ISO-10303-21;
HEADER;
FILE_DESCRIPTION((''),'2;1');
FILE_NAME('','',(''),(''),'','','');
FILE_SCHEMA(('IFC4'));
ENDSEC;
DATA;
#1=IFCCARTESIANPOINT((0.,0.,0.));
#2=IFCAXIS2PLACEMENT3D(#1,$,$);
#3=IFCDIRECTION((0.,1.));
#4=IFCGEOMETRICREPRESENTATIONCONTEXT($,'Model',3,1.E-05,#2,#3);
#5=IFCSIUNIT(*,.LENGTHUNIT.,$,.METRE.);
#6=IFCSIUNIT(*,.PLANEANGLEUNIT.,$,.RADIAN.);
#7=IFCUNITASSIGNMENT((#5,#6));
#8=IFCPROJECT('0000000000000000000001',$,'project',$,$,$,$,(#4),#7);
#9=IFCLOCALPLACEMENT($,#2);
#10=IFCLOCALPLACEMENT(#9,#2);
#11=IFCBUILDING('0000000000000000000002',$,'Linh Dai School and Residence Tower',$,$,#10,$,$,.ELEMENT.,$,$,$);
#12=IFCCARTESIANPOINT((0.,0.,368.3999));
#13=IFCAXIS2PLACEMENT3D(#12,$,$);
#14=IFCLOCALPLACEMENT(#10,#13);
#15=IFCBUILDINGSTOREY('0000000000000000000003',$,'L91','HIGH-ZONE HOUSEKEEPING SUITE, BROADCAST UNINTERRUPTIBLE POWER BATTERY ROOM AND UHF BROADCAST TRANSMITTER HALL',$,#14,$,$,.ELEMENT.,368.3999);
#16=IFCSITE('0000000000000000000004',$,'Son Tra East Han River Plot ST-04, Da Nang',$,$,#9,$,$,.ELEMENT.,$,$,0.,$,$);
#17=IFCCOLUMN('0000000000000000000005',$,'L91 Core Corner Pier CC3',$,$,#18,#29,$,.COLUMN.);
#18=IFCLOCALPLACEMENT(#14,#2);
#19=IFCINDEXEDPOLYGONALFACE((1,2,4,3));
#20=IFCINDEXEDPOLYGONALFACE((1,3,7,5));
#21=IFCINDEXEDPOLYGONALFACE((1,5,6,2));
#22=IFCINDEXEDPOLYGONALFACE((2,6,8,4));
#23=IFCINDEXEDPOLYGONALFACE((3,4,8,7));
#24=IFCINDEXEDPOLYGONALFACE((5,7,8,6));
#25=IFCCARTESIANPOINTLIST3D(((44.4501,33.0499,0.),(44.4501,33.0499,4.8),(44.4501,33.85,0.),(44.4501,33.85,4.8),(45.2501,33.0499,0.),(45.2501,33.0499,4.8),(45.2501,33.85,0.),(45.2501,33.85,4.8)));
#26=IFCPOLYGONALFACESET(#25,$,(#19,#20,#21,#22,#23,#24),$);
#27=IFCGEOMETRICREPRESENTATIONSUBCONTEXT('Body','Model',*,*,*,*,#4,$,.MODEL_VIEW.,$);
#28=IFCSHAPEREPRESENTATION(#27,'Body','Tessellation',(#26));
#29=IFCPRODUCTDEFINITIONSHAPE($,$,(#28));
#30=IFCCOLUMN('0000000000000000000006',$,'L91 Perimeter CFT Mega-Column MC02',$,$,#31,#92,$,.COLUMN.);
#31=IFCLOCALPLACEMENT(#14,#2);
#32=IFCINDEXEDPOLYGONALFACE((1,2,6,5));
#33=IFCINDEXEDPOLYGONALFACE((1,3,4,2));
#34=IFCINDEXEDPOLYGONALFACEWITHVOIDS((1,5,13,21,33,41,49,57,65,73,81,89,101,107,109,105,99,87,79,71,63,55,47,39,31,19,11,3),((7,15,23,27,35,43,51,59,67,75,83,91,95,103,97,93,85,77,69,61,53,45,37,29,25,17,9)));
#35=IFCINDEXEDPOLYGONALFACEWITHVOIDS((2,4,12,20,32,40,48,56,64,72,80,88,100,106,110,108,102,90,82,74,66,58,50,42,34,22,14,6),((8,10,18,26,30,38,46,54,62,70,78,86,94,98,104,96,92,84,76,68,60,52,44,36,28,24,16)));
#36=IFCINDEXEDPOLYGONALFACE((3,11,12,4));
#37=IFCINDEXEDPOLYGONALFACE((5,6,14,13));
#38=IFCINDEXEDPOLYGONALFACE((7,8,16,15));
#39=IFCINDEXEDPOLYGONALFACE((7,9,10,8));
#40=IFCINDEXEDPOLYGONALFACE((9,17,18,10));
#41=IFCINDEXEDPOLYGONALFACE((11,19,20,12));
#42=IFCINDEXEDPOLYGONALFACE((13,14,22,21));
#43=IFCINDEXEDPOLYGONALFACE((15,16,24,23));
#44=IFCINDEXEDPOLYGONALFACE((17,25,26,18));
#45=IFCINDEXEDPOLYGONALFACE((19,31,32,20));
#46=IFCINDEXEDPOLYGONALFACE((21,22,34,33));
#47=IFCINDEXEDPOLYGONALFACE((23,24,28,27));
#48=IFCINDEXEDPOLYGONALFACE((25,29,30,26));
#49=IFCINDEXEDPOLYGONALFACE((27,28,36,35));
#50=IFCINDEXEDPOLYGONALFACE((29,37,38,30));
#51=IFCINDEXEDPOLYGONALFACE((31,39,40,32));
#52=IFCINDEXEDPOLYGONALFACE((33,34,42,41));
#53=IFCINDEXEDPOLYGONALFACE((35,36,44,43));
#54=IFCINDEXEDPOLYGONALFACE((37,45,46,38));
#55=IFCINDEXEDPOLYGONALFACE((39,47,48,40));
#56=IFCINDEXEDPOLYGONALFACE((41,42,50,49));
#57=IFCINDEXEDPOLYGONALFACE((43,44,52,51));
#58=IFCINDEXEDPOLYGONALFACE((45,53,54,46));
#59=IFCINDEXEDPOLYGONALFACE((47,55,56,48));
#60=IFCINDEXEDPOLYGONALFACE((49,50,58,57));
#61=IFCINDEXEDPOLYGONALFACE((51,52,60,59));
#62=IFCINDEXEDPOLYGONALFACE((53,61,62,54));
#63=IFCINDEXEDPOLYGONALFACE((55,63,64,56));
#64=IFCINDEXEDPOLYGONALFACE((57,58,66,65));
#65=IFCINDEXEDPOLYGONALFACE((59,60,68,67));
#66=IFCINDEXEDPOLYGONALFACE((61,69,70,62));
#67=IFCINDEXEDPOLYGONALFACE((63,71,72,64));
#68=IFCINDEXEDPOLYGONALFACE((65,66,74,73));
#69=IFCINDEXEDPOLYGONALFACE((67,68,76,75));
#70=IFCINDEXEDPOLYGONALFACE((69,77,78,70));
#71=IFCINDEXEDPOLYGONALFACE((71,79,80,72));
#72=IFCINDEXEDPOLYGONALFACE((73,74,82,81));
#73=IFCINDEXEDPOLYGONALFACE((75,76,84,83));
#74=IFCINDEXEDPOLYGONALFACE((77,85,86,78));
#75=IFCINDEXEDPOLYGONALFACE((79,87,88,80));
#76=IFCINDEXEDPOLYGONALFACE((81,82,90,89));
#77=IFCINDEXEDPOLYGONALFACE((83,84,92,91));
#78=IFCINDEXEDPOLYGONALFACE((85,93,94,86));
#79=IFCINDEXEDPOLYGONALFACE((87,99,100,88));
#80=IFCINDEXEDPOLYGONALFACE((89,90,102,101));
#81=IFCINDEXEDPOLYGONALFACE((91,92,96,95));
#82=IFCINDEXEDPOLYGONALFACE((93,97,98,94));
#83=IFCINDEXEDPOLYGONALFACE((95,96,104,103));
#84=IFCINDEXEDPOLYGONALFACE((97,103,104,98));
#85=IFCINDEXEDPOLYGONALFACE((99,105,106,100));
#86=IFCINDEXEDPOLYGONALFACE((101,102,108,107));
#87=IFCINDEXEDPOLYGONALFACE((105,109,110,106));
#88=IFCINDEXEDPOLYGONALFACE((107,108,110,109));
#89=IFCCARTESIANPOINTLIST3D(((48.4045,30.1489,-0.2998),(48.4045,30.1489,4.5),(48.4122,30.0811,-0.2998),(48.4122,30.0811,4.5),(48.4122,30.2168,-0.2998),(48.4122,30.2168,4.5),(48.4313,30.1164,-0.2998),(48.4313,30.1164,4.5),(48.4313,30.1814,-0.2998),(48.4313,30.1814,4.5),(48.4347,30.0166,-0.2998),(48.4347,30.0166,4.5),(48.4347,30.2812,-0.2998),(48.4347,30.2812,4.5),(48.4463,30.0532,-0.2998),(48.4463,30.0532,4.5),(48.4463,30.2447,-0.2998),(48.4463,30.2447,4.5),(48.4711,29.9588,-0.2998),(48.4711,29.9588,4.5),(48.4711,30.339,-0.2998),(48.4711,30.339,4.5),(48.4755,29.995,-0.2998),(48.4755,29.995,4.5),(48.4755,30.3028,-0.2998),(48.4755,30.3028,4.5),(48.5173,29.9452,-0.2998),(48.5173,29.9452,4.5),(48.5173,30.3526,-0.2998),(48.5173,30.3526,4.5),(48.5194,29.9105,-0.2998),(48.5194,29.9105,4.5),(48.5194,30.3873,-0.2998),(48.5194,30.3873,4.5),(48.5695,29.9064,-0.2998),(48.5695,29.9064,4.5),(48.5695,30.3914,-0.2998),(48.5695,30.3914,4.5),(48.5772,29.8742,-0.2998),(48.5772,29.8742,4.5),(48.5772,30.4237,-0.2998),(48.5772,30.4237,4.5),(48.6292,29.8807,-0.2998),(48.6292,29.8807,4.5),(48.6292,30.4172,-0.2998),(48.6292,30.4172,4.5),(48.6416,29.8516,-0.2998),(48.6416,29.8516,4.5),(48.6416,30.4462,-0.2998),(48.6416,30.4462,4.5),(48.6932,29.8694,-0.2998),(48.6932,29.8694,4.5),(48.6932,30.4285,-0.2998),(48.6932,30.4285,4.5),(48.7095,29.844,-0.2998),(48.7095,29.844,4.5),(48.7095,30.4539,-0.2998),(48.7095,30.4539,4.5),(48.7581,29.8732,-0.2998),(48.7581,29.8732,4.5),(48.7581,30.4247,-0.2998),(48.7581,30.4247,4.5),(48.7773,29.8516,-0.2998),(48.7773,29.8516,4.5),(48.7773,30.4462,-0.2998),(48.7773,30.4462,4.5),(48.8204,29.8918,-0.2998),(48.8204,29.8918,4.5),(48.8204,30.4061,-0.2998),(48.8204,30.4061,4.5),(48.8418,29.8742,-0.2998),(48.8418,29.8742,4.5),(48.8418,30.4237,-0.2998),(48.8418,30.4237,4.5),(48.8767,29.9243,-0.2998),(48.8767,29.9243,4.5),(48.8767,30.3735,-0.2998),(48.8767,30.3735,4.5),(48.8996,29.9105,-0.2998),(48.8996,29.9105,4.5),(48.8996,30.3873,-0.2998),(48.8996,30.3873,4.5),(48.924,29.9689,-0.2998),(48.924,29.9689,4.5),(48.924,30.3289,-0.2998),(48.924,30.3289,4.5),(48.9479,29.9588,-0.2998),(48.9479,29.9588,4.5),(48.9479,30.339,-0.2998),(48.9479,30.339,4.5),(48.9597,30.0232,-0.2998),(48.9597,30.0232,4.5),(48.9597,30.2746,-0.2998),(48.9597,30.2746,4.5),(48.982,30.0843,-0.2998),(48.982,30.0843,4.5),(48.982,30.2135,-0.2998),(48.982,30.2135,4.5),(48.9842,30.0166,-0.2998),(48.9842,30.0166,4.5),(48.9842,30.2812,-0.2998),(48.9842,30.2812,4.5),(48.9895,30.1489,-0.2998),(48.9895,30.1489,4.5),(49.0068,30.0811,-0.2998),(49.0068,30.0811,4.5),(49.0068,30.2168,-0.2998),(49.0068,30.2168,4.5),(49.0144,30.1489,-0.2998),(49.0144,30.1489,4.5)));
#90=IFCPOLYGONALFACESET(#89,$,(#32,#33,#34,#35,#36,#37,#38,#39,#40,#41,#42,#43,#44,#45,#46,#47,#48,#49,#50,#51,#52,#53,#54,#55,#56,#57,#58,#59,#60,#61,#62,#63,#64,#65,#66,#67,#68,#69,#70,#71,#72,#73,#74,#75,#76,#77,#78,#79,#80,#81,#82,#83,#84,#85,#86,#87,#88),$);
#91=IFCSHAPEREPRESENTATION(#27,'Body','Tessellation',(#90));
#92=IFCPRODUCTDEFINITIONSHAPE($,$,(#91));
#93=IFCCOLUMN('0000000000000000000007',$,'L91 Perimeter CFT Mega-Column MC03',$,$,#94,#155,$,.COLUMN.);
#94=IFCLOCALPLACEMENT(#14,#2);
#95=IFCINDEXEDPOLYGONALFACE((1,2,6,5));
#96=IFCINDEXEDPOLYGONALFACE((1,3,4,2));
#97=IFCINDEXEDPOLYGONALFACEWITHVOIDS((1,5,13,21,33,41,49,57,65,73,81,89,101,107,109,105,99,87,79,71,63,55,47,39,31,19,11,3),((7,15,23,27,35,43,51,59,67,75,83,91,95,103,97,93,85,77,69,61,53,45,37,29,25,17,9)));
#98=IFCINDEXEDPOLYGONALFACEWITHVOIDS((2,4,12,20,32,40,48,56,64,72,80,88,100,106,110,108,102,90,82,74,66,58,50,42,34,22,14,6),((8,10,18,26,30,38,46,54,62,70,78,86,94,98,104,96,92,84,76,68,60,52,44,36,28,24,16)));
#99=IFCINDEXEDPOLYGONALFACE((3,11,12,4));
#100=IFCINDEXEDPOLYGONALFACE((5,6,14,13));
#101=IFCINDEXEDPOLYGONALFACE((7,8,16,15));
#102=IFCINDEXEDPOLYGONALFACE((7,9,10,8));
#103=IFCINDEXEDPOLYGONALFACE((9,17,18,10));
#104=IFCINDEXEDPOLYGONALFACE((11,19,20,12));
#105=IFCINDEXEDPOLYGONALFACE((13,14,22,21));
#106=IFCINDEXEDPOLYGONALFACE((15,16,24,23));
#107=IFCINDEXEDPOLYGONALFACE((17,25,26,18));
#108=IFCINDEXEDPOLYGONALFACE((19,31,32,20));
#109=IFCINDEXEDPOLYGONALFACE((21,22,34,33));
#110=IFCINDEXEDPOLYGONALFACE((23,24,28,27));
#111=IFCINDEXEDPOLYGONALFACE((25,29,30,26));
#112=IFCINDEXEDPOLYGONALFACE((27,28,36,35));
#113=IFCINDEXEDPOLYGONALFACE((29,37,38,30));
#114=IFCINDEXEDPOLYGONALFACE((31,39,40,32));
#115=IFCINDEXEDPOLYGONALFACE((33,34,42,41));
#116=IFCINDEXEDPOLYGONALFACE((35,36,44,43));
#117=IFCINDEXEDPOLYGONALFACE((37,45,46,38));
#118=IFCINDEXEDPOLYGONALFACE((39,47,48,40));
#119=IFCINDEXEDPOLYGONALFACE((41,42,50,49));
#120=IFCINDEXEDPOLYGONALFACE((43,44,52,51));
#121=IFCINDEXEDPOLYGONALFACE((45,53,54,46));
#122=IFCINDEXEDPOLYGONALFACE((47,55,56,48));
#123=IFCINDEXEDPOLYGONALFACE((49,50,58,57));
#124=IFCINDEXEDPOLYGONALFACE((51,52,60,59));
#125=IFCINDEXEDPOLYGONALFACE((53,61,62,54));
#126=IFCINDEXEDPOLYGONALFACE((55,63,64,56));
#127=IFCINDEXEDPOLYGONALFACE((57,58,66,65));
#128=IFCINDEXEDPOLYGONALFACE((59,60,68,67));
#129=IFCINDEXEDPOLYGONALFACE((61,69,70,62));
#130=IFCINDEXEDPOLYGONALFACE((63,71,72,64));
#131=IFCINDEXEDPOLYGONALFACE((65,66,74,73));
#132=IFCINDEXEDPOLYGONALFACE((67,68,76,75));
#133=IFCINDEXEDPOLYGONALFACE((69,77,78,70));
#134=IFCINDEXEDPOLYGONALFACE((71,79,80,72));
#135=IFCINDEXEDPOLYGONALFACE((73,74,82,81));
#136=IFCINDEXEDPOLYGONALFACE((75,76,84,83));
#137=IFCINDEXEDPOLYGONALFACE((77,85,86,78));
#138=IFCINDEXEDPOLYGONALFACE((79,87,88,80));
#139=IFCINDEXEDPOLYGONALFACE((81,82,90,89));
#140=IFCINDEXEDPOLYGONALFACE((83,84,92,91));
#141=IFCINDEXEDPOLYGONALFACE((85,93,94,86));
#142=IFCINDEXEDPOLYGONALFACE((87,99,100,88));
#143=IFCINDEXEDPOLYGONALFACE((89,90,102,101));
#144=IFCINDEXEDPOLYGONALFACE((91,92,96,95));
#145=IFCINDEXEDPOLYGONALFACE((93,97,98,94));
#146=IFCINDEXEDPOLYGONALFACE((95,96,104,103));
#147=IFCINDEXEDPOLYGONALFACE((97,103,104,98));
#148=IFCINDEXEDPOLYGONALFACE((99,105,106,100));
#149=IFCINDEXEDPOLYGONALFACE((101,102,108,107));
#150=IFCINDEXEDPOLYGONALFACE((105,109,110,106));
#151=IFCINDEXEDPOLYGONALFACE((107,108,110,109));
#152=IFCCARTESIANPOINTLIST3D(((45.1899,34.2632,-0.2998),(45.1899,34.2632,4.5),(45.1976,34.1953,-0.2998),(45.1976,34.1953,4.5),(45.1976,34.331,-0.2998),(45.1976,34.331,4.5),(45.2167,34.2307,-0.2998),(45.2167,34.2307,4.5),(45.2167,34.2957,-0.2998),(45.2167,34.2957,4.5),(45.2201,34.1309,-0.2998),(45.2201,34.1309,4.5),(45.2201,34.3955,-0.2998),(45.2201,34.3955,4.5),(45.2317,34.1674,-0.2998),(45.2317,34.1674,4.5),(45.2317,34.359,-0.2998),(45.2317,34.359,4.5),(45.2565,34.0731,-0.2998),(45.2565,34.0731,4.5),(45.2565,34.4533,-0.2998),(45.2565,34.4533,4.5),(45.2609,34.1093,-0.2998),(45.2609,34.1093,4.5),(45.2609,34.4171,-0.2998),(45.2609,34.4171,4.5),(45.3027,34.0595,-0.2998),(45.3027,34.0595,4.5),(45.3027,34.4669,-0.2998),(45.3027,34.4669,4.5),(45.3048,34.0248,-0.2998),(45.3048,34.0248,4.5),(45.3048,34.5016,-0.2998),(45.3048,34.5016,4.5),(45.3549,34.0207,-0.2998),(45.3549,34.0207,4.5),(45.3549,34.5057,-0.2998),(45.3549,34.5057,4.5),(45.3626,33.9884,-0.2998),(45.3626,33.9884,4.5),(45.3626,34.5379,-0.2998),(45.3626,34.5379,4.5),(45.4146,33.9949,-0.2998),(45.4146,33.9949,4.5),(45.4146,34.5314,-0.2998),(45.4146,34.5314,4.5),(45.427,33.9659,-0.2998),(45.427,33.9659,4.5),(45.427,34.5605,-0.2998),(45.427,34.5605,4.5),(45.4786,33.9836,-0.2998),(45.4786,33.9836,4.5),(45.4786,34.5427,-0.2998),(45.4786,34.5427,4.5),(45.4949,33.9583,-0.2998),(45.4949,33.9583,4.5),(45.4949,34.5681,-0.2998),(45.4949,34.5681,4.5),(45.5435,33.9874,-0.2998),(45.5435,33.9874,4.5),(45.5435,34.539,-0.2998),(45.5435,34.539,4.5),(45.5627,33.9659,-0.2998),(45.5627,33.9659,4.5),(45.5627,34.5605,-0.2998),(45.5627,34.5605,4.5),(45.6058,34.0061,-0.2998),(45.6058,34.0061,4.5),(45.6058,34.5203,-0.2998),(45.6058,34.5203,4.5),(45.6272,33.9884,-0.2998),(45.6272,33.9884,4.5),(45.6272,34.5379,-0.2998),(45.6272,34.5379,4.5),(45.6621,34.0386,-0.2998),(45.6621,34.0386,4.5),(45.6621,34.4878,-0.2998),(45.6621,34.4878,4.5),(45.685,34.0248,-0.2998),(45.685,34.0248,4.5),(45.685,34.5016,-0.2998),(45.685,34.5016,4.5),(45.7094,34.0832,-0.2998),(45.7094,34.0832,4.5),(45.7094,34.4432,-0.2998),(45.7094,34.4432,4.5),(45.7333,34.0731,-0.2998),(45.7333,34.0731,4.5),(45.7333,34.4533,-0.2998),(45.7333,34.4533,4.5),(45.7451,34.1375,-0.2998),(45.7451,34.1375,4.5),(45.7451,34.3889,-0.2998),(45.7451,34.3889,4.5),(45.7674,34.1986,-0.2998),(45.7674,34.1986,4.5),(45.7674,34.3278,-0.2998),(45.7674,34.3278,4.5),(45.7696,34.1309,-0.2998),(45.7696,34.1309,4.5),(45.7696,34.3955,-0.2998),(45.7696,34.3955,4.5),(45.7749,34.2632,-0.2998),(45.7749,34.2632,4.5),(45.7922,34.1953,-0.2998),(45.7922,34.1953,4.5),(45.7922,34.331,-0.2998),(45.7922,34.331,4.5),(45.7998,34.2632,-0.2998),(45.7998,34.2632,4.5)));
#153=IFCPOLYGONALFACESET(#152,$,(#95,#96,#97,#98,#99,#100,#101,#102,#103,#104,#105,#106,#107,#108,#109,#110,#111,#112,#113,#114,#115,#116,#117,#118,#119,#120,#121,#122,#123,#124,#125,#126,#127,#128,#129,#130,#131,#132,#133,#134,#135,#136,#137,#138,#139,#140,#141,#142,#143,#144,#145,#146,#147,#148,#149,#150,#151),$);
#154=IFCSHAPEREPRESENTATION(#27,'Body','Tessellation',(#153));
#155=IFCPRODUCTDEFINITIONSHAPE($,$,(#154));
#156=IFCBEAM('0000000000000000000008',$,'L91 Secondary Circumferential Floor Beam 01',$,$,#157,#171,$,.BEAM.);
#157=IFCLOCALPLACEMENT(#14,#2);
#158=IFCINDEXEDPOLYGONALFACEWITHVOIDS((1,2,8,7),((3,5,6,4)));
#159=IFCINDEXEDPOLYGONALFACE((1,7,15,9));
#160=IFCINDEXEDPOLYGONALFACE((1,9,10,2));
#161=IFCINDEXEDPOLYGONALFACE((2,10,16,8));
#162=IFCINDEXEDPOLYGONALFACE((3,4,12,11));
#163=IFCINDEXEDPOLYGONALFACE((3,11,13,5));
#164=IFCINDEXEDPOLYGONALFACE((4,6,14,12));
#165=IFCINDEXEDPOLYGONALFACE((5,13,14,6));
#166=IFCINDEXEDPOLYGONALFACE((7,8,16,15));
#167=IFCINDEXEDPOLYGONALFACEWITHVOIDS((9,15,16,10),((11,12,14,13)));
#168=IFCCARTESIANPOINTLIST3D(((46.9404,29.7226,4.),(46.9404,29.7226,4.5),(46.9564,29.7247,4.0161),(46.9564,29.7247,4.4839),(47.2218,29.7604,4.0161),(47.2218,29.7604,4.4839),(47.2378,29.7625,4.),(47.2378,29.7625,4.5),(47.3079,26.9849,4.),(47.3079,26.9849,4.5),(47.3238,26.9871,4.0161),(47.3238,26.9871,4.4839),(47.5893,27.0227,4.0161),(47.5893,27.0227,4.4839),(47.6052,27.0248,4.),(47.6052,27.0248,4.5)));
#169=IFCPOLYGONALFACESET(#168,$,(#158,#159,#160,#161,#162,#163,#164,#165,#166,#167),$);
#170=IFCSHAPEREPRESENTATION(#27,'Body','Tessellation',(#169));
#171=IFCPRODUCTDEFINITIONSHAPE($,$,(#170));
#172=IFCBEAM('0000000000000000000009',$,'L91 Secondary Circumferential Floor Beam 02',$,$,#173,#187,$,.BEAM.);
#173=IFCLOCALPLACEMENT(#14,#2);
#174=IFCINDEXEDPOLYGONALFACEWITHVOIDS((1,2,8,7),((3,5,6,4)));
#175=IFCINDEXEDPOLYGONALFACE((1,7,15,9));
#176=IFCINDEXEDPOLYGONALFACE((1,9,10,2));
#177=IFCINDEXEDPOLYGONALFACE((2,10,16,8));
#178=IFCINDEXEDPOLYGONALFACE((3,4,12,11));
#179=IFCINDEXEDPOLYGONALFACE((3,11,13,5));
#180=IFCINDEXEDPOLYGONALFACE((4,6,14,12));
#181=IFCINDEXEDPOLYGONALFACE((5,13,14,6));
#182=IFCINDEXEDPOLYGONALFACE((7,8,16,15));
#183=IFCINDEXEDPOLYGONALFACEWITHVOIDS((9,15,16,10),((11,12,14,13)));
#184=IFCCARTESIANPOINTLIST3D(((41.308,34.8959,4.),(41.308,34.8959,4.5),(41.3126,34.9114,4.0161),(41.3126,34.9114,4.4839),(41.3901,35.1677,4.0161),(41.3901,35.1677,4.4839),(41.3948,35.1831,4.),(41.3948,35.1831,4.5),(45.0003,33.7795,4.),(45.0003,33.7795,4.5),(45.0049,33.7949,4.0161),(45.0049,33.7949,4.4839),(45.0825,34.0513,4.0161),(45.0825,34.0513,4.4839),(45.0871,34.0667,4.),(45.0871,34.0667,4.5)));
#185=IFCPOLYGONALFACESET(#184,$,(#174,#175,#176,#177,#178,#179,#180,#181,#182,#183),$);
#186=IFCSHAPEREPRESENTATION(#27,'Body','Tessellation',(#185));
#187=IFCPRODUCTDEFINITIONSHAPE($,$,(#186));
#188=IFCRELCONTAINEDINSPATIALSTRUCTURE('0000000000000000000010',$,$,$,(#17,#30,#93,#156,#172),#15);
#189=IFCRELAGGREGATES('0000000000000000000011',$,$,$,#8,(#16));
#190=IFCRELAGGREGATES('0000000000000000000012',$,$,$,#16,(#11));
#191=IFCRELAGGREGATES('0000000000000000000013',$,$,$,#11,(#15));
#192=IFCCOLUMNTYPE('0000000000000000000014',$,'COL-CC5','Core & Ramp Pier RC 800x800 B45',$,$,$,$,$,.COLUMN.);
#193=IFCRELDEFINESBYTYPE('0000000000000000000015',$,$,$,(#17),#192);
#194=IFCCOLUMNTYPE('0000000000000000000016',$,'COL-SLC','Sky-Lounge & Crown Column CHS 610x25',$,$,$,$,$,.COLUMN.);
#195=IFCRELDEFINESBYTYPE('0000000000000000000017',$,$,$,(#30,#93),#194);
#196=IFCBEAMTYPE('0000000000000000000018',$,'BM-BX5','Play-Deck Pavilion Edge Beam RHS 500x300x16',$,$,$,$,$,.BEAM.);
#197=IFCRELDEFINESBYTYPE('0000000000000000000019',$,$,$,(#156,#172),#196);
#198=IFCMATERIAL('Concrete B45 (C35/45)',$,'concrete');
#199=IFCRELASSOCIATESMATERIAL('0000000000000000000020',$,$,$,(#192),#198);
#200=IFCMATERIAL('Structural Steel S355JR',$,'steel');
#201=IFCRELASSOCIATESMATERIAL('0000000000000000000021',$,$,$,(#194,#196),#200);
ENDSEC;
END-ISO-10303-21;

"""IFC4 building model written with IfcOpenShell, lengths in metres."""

from ifc_helpers import new_model, si_unit, direction, frame, origin, origin_2d, place, context, subcontext, project, spatial, rectangle, hollow_rectangle, hollow_circle, extrude, material, material_profile, profile_set, type_object, element, save


model = new_model("IFC4")

# Units and contexts
model_context = context("Model", 3, precision=1e-05, world=origin(), true_north=direction((0.0, 1.0)))
body_context = subcontext(model_context, "Body", "Model", "MODEL_VIEW")
ifc_project = project(units=[si_unit("LENGTHUNIT", "METRE"), si_unit("PLANEANGLEUNIT", "RADIAN")], contexts=[model_context])

# Site, building, storey
site_placement = place(None, origin())
site = spatial("IfcSite", under=ifc_project, at=site_placement, Name="Son Tra East Han River Plot ST-04, Da Nang", CompositionType="ELEMENT", RefElevation=0.0)
building_placement = place(site_placement, origin())
building = spatial("IfcBuilding", under=site, at=building_placement, Name="Linh Dai School and Residence Tower", CompositionType="ELEMENT")
storey_placement = place(building_placement, frame((0.0, 0.0, 368.3999)))
storey = spatial("IfcBuildingStorey", under=building, at=storey_placement, Name="L91", Description="HIGH-ZONE HOUSEKEEPING SUITE, BROADCAST UNINTERRUPTIBLE POWER BATTERY ROOM AND UHF BROADCAST TRANSMITTER HALL", CompositionType="ELEMENT", Elevation=368.3999)

# Columns
ifc_material_1 = material(Name="Concrete B45 (C35/45)", Category="concrete")
ifc_material_profile_1 = material_profile(ifc_material_1, rectangle(XDim=0.8, YDim=0.8, at=origin_2d()), Name="RC 800x800")
ifc_profile_set_1 = profile_set([ifc_material_profile_1], Name="Concrete B45 (C35/45)")
column_type_1 = type_object("IfcColumnType", Name="COL-CC5", Description="Core & Ramp Pier RC 800x800 B45", PredefinedType="COLUMN", material=ifc_profile_set_1)
column_placement = place(storey_placement, frame((44.8501, 33.45, 0.0), z_axis=(0.0, 0.0, 1.0), x_axis=(1.0, 0.0, 0.0)))
element("IfcColumn", 1, at=column_placement, inside=storey, type_object=column_type_1, Name="L91 Core Corner Pier CC3", PredefinedType="COLUMN", context=body_context, shape_type="SweptSolid", body=[
    extrude(rectangle(XDim=0.8, YDim=0.8, at=origin_2d()), origin(), (0.0, 0.0, 1.0), 4.8),
])
ifc_material_2 = material(Name="Structural Steel S355JR", Category="steel")
ifc_material_profile_2 = material_profile(ifc_material_2, hollow_circle(Radius=0.3049, WallThickness=0.0249, at=origin_2d()), Name="CHS 610x25")
ifc_profile_set_2 = profile_set([ifc_material_profile_2], Name="Structural Steel S355JR")
column_type_2 = type_object("IfcColumnType", Name="COL-SLC", Description="Sky-Lounge & Crown Column CHS 610x25", PredefinedType="COLUMN", material=ifc_profile_set_2)
for number, where, z_axis, x_axis, name in (
    (2, (48.7095, 30.1489, -0.2998), (0.0, 0.0, 1.0), (1.0, 0.0, 0.0), "L91 Perimeter CFT Mega-Column MC02"),
    (3, (45.4949, 34.2632, -0.2998), (0.0, 0.0, 1.0), (1.0, 0.0, 0.0), "L91 Perimeter CFT Mega-Column MC03"),
):
    element("IfcColumn", number, at=place(storey_placement, frame(where, z_axis=z_axis, x_axis=x_axis)), inside=storey, type_object=column_type_2, Name=name, PredefinedType="COLUMN", context=body_context, shape_type="SweptSolid", body=[
        extrude(hollow_circle(Radius=0.3049, WallThickness=0.0249, at=origin_2d()), origin(), (0.0, 0.0, 1.0), 4.7998),
    ])

# Beams
ifc_material_profile_3 = material_profile(ifc_material_2, hollow_rectangle(XDim=0.3, YDim=0.5, WallThickness=0.0161, at=origin_2d()), Name="RHS 500x300x16")
ifc_profile_set_3 = profile_set([ifc_material_profile_3], Name="Structural Steel S355JR")
beam_type_1 = type_object("IfcBeamType", Name="BM-BX5", Description="Play-Deck Pavilion Edge Beam RHS 500x300x16", PredefinedType="BEAM", material=ifc_profile_set_3)
beam_1_placement = place(storey_placement, frame((47.4565, 27.0049, 4.25), z_axis=(-0.133026, 0.991113, 0.0), x_axis=(-0.991113, -0.133026, 0.0)))
element("IfcBeam", 4, at=beam_1_placement, inside=storey, type_object=beam_type_1, Name="L91 Secondary Circumferential Floor Beam 01", PredefinedType="BEAM", context=body_context, shape_type="SweptSolid", body=[
    extrude(hollow_rectangle(XDim=0.3, YDim=0.5, WallThickness=0.0161, at=origin_2d()), origin(), (0.0, 0.0, 1.0), 2.7622),
])
beam_2_placement = place(storey_placement, frame((45.0437, 33.9231, 4.25), z_axis=(-0.9572, 0.289426, 0.0), x_axis=(-0.289426, -0.9572, 0.0)))
element("IfcBeam", 5, at=beam_2_placement, inside=storey, type_object=beam_type_1, Name="L91 Secondary Circumferential Floor Beam 02", PredefinedType="BEAM", context=body_context, shape_type="SweptSolid", body=[
    extrude(hollow_rectangle(XDim=0.3, YDim=0.5, WallThickness=0.0161, at=origin_2d()), origin(), (0.0, 0.0, 1.0), 3.8574),
])

save(model, "model.ifc")
